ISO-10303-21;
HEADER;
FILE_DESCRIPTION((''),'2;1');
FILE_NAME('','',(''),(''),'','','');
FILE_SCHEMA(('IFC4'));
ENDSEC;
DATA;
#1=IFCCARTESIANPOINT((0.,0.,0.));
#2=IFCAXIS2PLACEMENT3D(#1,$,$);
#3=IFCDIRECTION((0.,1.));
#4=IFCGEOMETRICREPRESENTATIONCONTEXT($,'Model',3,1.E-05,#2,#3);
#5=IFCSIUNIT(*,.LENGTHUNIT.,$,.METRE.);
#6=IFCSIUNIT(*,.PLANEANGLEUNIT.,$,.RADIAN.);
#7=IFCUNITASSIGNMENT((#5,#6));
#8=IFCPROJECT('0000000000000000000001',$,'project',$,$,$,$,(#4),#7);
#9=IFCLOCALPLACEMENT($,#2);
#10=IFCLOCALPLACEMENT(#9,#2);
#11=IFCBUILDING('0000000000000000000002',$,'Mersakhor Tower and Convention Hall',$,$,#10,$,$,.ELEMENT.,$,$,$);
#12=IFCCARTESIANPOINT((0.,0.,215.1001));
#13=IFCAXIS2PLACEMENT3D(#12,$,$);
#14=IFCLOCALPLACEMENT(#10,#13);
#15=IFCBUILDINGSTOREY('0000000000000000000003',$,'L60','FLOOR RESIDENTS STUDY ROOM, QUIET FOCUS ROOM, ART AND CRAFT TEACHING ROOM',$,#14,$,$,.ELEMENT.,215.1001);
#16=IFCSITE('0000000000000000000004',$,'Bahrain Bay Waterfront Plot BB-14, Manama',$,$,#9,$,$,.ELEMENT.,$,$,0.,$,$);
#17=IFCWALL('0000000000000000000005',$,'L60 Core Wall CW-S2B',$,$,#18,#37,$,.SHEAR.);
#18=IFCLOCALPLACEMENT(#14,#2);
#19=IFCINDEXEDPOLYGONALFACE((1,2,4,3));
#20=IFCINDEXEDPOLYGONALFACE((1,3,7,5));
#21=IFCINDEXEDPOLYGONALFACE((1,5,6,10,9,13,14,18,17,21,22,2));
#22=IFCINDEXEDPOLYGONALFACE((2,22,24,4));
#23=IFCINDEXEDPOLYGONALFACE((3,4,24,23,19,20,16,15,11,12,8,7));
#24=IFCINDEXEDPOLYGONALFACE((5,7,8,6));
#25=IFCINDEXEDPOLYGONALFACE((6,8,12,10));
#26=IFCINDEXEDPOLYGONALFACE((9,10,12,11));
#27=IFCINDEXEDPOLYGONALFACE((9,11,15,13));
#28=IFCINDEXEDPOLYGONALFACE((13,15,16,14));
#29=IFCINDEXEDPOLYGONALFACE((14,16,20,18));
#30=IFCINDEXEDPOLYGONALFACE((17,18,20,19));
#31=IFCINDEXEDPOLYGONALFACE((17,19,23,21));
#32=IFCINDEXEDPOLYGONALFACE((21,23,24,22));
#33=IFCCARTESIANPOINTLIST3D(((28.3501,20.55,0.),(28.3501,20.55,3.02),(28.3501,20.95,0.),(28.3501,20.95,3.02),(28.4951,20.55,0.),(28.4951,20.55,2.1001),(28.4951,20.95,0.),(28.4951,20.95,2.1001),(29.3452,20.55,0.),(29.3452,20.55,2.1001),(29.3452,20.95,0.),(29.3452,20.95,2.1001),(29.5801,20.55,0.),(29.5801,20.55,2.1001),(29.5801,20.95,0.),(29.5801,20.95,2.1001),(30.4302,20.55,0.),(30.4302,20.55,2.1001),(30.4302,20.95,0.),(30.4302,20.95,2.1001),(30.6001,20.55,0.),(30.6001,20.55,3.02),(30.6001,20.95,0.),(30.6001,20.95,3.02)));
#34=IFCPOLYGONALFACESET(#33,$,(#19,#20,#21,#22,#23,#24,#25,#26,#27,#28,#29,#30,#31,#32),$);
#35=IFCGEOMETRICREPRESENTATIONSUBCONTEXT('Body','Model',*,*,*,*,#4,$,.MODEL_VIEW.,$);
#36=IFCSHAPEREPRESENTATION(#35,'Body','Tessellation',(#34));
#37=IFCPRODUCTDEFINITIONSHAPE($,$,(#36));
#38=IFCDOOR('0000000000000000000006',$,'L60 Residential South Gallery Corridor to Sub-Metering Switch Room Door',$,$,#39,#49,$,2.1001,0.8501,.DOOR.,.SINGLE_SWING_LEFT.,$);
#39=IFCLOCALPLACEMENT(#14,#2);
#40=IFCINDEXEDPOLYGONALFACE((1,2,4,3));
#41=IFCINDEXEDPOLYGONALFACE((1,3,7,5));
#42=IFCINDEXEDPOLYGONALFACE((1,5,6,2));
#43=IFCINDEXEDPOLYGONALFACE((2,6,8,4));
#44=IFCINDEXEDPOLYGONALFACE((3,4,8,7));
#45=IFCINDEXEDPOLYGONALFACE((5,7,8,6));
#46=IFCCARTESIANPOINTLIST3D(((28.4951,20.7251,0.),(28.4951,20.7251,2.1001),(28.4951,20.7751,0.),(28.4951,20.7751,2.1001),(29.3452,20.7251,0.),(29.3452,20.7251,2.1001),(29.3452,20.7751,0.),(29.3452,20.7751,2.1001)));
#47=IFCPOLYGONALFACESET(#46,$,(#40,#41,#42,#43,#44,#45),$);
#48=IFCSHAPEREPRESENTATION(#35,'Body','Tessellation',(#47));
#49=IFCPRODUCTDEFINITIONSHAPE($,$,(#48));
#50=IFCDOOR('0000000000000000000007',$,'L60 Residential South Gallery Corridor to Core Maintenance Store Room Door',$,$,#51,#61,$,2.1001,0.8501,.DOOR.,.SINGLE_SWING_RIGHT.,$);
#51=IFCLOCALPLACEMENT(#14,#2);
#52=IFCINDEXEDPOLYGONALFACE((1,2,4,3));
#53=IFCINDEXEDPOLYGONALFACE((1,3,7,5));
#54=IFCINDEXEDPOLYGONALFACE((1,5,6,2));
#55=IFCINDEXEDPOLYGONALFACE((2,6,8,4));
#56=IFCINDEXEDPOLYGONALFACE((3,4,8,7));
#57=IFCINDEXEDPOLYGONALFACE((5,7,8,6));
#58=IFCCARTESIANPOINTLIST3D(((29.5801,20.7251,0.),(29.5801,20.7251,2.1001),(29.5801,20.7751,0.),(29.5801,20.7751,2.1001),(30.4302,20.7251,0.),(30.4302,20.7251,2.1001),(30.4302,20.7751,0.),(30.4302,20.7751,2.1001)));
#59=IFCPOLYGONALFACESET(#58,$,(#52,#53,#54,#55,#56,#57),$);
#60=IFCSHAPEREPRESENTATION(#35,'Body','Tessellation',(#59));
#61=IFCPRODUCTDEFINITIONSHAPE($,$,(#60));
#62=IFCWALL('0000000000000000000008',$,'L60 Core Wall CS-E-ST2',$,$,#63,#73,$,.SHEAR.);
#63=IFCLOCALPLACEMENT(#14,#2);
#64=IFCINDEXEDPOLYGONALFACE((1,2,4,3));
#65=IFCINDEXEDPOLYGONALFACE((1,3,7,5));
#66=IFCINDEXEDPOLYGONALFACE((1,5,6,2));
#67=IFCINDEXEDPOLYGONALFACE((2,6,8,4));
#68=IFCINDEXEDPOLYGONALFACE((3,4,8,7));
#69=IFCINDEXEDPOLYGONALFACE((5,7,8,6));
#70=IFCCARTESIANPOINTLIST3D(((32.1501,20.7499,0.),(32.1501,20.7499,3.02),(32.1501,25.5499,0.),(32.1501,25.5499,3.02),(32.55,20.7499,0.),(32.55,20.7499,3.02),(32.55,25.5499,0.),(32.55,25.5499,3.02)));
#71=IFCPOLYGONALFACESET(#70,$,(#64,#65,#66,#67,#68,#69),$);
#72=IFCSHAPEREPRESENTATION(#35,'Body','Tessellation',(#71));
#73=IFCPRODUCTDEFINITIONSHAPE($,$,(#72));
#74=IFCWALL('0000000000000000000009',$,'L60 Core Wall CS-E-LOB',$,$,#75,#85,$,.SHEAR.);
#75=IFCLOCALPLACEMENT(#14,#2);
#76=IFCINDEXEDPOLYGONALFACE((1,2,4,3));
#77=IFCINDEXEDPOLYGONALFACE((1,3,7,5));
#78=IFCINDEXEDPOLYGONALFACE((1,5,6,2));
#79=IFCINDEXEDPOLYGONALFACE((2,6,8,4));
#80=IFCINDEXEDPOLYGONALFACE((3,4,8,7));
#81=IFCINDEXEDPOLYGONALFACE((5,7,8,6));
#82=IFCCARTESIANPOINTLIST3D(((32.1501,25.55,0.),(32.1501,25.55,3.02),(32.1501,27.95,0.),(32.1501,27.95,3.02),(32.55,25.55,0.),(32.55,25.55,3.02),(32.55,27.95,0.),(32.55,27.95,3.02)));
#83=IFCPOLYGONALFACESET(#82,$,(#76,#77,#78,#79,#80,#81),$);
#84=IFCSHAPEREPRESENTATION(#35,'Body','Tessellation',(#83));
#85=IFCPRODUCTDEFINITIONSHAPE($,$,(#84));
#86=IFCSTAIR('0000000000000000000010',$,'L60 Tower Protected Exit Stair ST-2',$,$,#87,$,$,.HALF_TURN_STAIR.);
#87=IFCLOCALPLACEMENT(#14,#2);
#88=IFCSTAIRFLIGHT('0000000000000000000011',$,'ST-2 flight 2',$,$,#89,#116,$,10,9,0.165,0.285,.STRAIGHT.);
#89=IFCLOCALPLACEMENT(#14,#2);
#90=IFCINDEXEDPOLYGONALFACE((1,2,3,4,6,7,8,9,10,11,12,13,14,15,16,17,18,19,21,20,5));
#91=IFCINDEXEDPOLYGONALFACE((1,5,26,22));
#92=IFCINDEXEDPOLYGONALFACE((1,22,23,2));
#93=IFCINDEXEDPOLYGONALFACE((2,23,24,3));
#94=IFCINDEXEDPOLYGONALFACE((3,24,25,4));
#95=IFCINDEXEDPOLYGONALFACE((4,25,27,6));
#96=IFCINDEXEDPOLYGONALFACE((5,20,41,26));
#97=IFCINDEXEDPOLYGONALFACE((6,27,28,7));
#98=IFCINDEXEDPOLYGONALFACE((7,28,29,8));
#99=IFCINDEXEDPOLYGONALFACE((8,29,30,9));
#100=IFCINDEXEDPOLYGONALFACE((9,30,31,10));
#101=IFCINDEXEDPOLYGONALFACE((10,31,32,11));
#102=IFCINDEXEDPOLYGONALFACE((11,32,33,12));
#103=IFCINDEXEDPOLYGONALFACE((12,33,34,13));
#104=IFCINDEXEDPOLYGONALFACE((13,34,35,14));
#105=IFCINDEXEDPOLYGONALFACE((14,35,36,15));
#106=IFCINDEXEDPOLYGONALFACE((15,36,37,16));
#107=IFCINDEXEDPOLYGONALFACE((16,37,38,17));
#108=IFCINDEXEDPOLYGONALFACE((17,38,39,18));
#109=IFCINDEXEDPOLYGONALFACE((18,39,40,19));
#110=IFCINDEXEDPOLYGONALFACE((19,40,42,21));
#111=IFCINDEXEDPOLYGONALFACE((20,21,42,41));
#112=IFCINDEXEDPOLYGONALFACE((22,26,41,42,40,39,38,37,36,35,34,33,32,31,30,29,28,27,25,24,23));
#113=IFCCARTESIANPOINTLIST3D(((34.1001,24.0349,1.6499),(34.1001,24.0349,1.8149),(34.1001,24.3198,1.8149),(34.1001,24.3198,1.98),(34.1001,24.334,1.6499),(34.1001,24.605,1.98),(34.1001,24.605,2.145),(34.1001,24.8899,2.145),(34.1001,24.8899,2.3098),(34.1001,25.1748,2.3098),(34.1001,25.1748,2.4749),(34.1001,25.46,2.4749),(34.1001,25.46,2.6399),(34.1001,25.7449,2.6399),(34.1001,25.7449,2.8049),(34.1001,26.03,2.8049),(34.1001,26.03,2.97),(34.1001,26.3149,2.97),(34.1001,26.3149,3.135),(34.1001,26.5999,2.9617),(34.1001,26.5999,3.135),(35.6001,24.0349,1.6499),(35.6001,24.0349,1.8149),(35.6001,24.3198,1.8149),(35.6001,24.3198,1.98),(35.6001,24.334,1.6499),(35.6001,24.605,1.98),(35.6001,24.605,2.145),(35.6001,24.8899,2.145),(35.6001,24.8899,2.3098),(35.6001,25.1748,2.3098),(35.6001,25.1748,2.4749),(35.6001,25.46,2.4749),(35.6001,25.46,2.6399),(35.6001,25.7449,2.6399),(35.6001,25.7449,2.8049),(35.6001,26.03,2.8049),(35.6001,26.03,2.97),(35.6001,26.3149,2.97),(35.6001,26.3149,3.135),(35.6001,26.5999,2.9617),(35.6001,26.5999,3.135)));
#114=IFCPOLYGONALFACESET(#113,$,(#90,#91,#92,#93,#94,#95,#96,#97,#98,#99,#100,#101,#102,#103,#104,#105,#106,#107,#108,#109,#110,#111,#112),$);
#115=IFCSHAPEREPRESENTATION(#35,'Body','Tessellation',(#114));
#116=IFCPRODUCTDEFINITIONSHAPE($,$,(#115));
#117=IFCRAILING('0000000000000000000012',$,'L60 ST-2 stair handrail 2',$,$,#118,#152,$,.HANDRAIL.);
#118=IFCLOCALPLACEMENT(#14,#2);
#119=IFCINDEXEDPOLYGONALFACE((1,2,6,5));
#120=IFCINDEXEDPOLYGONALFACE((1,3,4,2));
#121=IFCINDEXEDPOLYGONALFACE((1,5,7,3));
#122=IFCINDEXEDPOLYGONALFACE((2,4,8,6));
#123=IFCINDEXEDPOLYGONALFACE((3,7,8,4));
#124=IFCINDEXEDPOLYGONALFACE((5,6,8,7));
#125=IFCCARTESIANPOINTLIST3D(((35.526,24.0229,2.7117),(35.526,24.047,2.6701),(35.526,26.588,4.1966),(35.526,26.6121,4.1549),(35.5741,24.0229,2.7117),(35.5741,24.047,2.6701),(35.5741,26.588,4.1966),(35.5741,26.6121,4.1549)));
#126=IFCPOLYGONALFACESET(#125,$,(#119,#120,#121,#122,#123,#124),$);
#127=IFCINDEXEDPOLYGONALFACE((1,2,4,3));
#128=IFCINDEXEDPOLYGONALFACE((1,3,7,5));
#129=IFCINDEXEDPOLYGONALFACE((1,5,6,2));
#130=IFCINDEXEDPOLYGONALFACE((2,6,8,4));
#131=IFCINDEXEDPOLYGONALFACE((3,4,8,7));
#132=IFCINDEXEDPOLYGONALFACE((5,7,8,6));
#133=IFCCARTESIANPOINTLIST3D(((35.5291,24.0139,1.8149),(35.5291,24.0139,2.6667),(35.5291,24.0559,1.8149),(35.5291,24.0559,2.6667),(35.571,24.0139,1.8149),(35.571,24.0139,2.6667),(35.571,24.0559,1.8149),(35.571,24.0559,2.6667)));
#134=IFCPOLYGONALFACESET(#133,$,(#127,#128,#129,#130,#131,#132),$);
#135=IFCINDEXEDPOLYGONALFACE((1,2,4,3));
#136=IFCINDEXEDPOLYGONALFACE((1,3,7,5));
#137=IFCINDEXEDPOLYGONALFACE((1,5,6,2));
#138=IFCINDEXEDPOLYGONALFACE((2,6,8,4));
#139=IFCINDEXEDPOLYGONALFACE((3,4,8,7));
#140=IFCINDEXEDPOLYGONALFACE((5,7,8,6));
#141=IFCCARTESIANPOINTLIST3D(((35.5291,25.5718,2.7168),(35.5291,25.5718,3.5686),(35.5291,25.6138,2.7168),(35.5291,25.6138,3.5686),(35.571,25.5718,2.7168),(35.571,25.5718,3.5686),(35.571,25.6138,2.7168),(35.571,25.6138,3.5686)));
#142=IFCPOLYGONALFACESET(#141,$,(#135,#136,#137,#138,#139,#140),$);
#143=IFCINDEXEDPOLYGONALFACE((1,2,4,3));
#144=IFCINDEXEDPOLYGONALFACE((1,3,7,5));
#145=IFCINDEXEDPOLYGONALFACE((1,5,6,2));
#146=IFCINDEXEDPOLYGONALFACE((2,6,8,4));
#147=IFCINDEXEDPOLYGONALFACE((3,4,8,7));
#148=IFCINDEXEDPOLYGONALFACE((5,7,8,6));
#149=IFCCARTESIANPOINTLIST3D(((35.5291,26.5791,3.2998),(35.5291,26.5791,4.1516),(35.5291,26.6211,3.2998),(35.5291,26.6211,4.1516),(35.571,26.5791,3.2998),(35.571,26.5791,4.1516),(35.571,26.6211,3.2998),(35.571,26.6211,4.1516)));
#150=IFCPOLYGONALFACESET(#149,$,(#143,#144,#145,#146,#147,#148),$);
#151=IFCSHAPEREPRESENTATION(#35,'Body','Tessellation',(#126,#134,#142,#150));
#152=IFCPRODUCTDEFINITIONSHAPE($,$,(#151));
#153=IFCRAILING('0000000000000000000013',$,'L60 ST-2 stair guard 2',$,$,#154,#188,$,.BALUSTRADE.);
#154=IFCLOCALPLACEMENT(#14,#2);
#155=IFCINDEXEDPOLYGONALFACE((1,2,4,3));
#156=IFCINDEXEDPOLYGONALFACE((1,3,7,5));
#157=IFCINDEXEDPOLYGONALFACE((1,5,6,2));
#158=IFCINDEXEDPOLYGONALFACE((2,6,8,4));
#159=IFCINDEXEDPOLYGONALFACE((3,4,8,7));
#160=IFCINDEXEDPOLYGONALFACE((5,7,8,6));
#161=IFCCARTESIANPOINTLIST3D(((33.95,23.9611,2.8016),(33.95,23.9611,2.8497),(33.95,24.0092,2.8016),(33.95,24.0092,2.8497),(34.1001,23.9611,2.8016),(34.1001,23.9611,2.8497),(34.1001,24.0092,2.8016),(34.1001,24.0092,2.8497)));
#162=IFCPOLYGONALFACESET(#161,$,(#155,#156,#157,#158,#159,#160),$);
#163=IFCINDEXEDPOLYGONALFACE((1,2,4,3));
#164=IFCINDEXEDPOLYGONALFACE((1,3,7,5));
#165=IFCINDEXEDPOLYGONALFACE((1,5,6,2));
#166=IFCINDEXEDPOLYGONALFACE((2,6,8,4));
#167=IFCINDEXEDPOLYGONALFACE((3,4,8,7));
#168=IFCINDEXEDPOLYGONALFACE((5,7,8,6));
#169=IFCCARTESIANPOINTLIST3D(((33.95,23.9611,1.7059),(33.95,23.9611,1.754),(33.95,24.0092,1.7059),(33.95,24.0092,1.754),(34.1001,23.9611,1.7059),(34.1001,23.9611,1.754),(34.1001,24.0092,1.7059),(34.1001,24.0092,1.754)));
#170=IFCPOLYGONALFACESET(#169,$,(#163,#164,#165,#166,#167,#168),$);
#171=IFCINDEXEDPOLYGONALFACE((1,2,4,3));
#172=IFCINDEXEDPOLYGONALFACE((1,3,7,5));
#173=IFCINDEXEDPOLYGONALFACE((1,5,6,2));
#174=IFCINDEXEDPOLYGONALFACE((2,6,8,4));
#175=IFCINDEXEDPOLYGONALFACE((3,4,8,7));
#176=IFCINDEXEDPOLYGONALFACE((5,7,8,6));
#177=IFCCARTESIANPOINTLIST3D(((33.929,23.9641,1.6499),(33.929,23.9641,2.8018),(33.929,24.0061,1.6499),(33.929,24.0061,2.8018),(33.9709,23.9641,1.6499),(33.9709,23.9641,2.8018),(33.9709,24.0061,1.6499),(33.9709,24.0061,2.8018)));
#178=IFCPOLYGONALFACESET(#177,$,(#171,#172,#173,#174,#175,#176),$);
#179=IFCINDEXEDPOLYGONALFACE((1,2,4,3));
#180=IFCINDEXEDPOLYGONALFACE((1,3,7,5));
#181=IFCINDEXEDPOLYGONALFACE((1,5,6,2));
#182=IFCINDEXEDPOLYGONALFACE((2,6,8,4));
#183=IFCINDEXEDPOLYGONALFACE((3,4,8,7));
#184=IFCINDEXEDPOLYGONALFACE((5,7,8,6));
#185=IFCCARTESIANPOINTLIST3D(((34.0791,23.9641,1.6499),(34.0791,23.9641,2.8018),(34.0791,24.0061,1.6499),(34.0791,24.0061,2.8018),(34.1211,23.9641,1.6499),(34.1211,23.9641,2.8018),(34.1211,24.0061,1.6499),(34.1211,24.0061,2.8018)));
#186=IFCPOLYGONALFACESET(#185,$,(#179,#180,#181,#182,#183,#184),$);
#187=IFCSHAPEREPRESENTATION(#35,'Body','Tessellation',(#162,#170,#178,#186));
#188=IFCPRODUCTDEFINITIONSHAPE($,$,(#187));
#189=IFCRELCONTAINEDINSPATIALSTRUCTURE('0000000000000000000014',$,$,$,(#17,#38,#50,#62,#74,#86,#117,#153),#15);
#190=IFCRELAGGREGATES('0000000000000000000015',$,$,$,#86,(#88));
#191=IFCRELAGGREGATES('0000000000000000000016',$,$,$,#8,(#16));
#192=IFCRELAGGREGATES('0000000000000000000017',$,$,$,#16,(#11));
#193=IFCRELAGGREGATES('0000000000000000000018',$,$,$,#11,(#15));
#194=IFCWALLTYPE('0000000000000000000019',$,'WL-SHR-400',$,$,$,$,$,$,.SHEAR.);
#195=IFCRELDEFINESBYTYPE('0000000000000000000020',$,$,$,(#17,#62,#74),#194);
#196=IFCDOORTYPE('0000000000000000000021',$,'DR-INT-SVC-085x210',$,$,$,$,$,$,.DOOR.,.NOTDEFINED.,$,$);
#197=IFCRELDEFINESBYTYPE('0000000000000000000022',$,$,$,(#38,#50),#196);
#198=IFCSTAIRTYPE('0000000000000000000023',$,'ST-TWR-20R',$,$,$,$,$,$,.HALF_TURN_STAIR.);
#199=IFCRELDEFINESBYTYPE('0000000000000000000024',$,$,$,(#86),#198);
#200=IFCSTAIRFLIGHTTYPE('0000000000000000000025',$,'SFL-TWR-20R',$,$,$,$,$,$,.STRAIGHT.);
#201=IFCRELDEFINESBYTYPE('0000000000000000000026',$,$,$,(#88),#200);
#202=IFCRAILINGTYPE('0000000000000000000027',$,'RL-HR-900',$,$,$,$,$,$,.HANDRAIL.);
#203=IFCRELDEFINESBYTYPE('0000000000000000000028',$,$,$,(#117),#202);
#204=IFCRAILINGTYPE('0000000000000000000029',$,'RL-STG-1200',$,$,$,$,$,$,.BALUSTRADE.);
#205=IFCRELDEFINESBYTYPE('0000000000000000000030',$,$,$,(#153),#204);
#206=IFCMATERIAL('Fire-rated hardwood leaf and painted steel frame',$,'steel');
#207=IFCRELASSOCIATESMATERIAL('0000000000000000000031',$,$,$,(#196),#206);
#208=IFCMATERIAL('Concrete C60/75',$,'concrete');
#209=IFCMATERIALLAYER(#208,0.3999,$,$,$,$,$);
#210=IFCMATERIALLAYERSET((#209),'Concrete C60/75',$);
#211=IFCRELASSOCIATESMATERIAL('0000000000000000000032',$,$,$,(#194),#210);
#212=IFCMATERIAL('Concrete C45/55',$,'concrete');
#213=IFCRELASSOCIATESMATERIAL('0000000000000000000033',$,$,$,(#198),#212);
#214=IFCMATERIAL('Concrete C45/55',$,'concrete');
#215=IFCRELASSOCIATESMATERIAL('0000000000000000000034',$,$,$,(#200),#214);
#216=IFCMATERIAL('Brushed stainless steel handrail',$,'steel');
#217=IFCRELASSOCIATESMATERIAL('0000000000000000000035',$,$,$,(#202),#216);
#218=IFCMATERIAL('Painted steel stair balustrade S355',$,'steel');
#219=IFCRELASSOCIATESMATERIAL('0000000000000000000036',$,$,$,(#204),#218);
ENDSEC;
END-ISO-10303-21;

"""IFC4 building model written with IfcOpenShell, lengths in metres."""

from ifc_helpers import new_model, si_unit, direction, frame, frame_2d, origin, origin_2d, place, context, subcontext, project, spatial, polyline, rectangle, outline, extrude, material, layer, layer_set, type_object, element, fill, aggregate, save


model = new_model("IFC4")

# Units and contexts
model_context = context("Model", 3, precision=1e-05, world=origin(), true_north=direction((0.0, 1.0)))
body_context = subcontext(model_context, "Body", "Model", "MODEL_VIEW")
ifc_project = project(units=[si_unit("LENGTHUNIT", "METRE"), si_unit("PLANEANGLEUNIT", "RADIAN")], contexts=[model_context])

# Site, building, storey
site_placement = place(None, origin())
site = spatial("IfcSite", under=ifc_project, at=site_placement, Name="Bahrain Bay Waterfront Plot BB-14, Manama", CompositionType="ELEMENT", RefElevation=0.0)
building_placement = place(site_placement, origin())
building = spatial("IfcBuilding", under=site, at=building_placement, Name="Mersakhor Tower and Convention Hall", CompositionType="ELEMENT")
storey_placement = place(building_placement, frame((0.0, 0.0, 215.1001)))
storey = spatial("IfcBuildingStorey", under=building, at=storey_placement, Name="L60", Description="FLOOR RESIDENTS STUDY ROOM, QUIET FOCUS ROOM, ART AND CRAFT TEACHING ROOM", CompositionType="ELEMENT", Elevation=215.1001)

# Shared definitions
ifc_material_1 = material(Name="Fire-rated hardwood leaf and painted steel frame", Category="steel")
door_type_1 = type_object("IfcDoorType", Name="DR-INT-SVC-085x210", OperationType="NOTDEFINED", PredefinedType="DOOR", material=ifc_material_1)

# Shared definitions
ifc_material_2 = material(Name="Concrete C60/75", Category="concrete")
ifc_layer_1 = layer(ifc_material_2, 0.3999)
ifc_layer_set_1 = layer_set([ifc_layer_1], Name="Concrete C60/75")
wall_type_1 = type_object("IfcWallType", Name="WL-SHR-400", PredefinedType="SHEAR", material=ifc_layer_set_1)

# Wall, openings, doors
wall_1_placement = place(storey_placement, frame((30.6001, 20.75, 0.0), z_axis=(0.0, 0.0, 1.0), x_axis=(-1.0, 0.0, 0.0)))
wall_1 = element("IfcWall", 1, at=wall_1_placement, inside=storey, type_object=wall_type_1, Name="L60 Core Wall CW-S2B", PredefinedType="SHEAR", context=body_context, shape_type="SweptSolid", body=[
    extrude(rectangle(XDim=2.25, YDim=0.3999, at=frame_2d((1.125, 0.0))), origin(), (0.0, 0.0, 1.0), 3.02),
])
opening_1_placement = place(wall_1_placement, frame((1.2549, 0.0, 0.0)))
opening_1 = element("IfcOpeningElement", 2, at=opening_1_placement, cuts=wall_1, PredefinedType="OPENING", context=body_context, shape_type="SweptSolid", body=[
    extrude(rectangle(XDim=0.8501, YDim=2.1001, at=frame_2d((0.425, 1.05))), frame((0.0, 0.21, 0.0), z_axis=(0.0, -1.0, 0.0), x_axis=(1.0, 0.0, 0.0)), (0.0, 0.0, 1.0), 0.4199),
])
opening_2_placement = place(wall_1_placement, frame((0.1699, 0.0, 0.0)))
opening_2 = element("IfcOpeningElement", 3, at=opening_2_placement, cuts=wall_1, PredefinedType="OPENING", context=body_context, shape_type="SweptSolid", body=[
    extrude(rectangle(XDim=0.8501, YDim=2.1001, at=frame_2d((0.425, 1.05))), frame((0.0, 0.21, 0.0), z_axis=(0.0, -1.0, 0.0), x_axis=(1.0, 0.0, 0.0)), (0.0, 0.0, 1.0), 0.4199),
])
door_1_placement = place(opening_1_placement, origin())
door_1 = element("IfcDoor", 4, at=door_1_placement, inside=storey, type_object=door_type_1, Name="L60 Residential South Gallery Corridor to Sub-Metering Switch Room Door", OperationType="SINGLE_SWING_LEFT", OverallHeight=2.1001, OverallWidth=0.8501, PredefinedType="DOOR", context=body_context, shape_type="SweptSolid", body=[
    extrude(rectangle(XDim=0.8501, YDim=2.1001, at=frame_2d((0.425, 1.05))), frame((0.0, 0.0249, 0.0), z_axis=(0.0, -1.0, 0.0), x_axis=(1.0, 0.0, 0.0)), (0.0, 0.0, 1.0), 0.05),
])
fill(opening_1, door_1)
door_2_placement = place(opening_2_placement, origin())
door_2 = element("IfcDoor", 5, at=door_2_placement, inside=storey, type_object=door_type_1, Name="L60 Residential South Gallery Corridor to Core Maintenance Store Room Door", OperationType="SINGLE_SWING_RIGHT", OverallHeight=2.1001, OverallWidth=0.8501, PredefinedType="DOOR", context=body_context, shape_type="SweptSolid", body=[
    extrude(rectangle(XDim=0.8501, YDim=2.1001, at=frame_2d((0.425, 1.05))), frame((0.0, 0.0249, 0.0), z_axis=(0.0, -1.0, 0.0), x_axis=(1.0, 0.0, 0.0)), (0.0, 0.0, 1.0), 0.05),
])
fill(opening_2, door_2)

# Walls
wall_2_placement = place(storey_placement, frame((32.3501, 20.75, 0.0), z_axis=(0.0, 0.0, 1.0), x_axis=(0.0, 1.0, 0.0)))
element("IfcWall", 6, at=wall_2_placement, inside=storey, type_object=wall_type_1, Name="L60 Core Wall CS-E-ST2", PredefinedType="SHEAR", context=body_context, shape_type="SweptSolid", body=[
    extrude(rectangle(XDim=4.8, YDim=0.3999, at=frame_2d((2.3999, 0.0))), origin(), (0.0, 0.0, 1.0), 3.02),
])
wall_3_placement = place(storey_placement, frame((32.3501, 25.55, 0.0), z_axis=(0.0, 0.0, 1.0), x_axis=(0.0, 1.0, 0.0)))
element("IfcWall", 7, at=wall_3_placement, inside=storey, type_object=wall_type_1, Name="L60 Core Wall CS-E-LOB", PredefinedType="SHEAR", context=body_context, shape_type="SweptSolid", body=[
    extrude(rectangle(XDim=2.3999, YDim=0.3999, at=frame_2d((1.2, 0.0))), origin(), (0.0, 0.0, 1.0), 3.02),
])

# Stair, stair flight
ifc_material_3 = material(Name="Concrete C45/55", Category="concrete")
stair_type = type_object("IfcStairType", Name="ST-TWR-20R", PredefinedType="HALF_TURN_STAIR", material=ifc_material_3)
stair_placement = place(storey_placement, origin())
stair = element("IfcStair", 8, at=stair_placement, inside=storey, type_object=stair_type, Name="L60 Tower Protected Exit Stair ST-2", PredefinedType="HALF_TURN_STAIR")
ifc_material_4 = material(Name="Concrete C45/55", Category="concrete")
stair_flight_type = type_object("IfcStairFlightType", Name="SFL-TWR-20R", PredefinedType="STRAIGHT", material=ifc_material_4)
stair_flight_placement = place(storey_placement, frame((34.8501, 24.0349, 1.6499), z_axis=(0.0, 0.0, 1.0), x_axis=(0.0, 1.0, 0.0)))
stair_flight = element("IfcStairFlight", 9, at=stair_flight_placement, type_object=stair_flight_type, Name="ST-2 flight 2", NumberOfRisers=10, NumberOfTreads=9, PredefinedType="STRAIGHT", RiserHeight=0.165, TreadLength=0.285, context=body_context, shape_type="SweptSolid", body=[
    extrude(outline(polyline([(0.0, 0.0), (0.0, 0.165), (0.2849, 0.165), (0.2849, 0.3301), (0.5701, 0.3301), (0.5701, 0.4951), (0.855, 0.4951), (0.855, 0.6599), (1.1399, 0.6599), (1.1399, 0.825), (1.425, 0.825), (1.425, 0.99), (1.71, 0.99), (1.71, 1.155), (1.9951, 1.155), (1.9951, 1.3201), (2.28, 1.3201), (2.28, 1.4851), (2.5649, 1.4851), (2.5649, 1.6499), (2.5649, 1.3118), (0.2991, 0.0), (0.0, 0.0)])), frame((0.0, 0.75, 0.0), z_axis=(0.0, -1.0, 0.0), x_axis=(1.0, 0.0, 0.0)), (0.0, 0.0, 1.0), 1.5),
])
aggregate(stair, [stair_flight])

# Railings
ifc_material_5 = material(Name="Brushed stainless steel handrail", Category="steel")
railing_type_1 = type_object("IfcRailingType", Name="RL-HR-900", PredefinedType="HANDRAIL", material=ifc_material_5)
railing_1_placement = place(storey_placement, frame((35.55, 24.0349, 1.8149)))
element("IfcRailing", 10, at=railing_1_placement, inside=storey, type_object=railing_type_1, Name="L60 ST-2 stair handrail 2", PredefinedType="HANDRAIL", context=body_context, shape_type="SweptSolid", body=[
    extrude(rectangle(XDim=0.0481, YDim=0.0481, at=origin_2d()), frame((0.0, 0.0, 0.876), z_axis=(0.0, 0.865462, 0.500975), x_axis=(-1.0, 0.0, 0.0)), (0.0, 0.0, 1.0), 2.9639),
    extrude(rectangle(XDim=0.042, YDim=0.042, at=origin_2d()), origin(), (0.0, 0.0, 1.0), 0.8518),
    extrude(rectangle(XDim=0.042, YDim=0.042, at=origin_2d()), frame((0.0, 1.5579, 0.9019)), (0.0, 0.0, 1.0), 0.8518),
    extrude(rectangle(XDim=0.042, YDim=0.042, at=origin_2d()), frame((0.0, 2.5652, 1.4849)), (0.0, 0.0, 1.0), 0.8518),
])
ifc_material_6 = material(Name="Painted steel stair balustrade S355", Category="steel")
railing_type_2 = type_object("IfcRailingType", Name="RL-STG-1200", PredefinedType="BALUSTRADE", material=ifc_material_6)
railing_2_placement = place(storey_placement, frame((33.95, 23.9851, 1.6499)))
element("IfcRailing", 11, at=railing_2_placement, inside=storey, type_object=railing_type_2, Name="L60 ST-2 stair guard 2", PredefinedType="BALUSTRADE", context=body_context, shape_type="SweptSolid", body=[
    extrude(rectangle(XDim=0.0481, YDim=0.0481, at=origin_2d()), frame((0.0, 0.0, 1.1758), z_axis=(1.0, 0.0, 0.0), x_axis=(0.0, 1.0, 0.0)), (0.0, 0.0, 1.0), 0.1501),
    extrude(rectangle(XDim=0.0481, YDim=0.0481, at=origin_2d()), frame((0.0, 0.0, 0.0801), z_axis=(1.0, 0.0, 0.0), x_axis=(0.0, 1.0, 0.0)), (0.0, 0.0, 1.0), 0.1501),
    extrude(rectangle(XDim=0.042, YDim=0.042, at=origin_2d()), origin(), (0.0, 0.0, 1.0), 1.1519),
    extrude(rectangle(XDim=0.042, YDim=0.042, at=origin_2d()), frame((0.1501, 0.0, 0.0)), (0.0, 0.0, 1.0), 1.1519),
])

save(model, "model.ifc")
